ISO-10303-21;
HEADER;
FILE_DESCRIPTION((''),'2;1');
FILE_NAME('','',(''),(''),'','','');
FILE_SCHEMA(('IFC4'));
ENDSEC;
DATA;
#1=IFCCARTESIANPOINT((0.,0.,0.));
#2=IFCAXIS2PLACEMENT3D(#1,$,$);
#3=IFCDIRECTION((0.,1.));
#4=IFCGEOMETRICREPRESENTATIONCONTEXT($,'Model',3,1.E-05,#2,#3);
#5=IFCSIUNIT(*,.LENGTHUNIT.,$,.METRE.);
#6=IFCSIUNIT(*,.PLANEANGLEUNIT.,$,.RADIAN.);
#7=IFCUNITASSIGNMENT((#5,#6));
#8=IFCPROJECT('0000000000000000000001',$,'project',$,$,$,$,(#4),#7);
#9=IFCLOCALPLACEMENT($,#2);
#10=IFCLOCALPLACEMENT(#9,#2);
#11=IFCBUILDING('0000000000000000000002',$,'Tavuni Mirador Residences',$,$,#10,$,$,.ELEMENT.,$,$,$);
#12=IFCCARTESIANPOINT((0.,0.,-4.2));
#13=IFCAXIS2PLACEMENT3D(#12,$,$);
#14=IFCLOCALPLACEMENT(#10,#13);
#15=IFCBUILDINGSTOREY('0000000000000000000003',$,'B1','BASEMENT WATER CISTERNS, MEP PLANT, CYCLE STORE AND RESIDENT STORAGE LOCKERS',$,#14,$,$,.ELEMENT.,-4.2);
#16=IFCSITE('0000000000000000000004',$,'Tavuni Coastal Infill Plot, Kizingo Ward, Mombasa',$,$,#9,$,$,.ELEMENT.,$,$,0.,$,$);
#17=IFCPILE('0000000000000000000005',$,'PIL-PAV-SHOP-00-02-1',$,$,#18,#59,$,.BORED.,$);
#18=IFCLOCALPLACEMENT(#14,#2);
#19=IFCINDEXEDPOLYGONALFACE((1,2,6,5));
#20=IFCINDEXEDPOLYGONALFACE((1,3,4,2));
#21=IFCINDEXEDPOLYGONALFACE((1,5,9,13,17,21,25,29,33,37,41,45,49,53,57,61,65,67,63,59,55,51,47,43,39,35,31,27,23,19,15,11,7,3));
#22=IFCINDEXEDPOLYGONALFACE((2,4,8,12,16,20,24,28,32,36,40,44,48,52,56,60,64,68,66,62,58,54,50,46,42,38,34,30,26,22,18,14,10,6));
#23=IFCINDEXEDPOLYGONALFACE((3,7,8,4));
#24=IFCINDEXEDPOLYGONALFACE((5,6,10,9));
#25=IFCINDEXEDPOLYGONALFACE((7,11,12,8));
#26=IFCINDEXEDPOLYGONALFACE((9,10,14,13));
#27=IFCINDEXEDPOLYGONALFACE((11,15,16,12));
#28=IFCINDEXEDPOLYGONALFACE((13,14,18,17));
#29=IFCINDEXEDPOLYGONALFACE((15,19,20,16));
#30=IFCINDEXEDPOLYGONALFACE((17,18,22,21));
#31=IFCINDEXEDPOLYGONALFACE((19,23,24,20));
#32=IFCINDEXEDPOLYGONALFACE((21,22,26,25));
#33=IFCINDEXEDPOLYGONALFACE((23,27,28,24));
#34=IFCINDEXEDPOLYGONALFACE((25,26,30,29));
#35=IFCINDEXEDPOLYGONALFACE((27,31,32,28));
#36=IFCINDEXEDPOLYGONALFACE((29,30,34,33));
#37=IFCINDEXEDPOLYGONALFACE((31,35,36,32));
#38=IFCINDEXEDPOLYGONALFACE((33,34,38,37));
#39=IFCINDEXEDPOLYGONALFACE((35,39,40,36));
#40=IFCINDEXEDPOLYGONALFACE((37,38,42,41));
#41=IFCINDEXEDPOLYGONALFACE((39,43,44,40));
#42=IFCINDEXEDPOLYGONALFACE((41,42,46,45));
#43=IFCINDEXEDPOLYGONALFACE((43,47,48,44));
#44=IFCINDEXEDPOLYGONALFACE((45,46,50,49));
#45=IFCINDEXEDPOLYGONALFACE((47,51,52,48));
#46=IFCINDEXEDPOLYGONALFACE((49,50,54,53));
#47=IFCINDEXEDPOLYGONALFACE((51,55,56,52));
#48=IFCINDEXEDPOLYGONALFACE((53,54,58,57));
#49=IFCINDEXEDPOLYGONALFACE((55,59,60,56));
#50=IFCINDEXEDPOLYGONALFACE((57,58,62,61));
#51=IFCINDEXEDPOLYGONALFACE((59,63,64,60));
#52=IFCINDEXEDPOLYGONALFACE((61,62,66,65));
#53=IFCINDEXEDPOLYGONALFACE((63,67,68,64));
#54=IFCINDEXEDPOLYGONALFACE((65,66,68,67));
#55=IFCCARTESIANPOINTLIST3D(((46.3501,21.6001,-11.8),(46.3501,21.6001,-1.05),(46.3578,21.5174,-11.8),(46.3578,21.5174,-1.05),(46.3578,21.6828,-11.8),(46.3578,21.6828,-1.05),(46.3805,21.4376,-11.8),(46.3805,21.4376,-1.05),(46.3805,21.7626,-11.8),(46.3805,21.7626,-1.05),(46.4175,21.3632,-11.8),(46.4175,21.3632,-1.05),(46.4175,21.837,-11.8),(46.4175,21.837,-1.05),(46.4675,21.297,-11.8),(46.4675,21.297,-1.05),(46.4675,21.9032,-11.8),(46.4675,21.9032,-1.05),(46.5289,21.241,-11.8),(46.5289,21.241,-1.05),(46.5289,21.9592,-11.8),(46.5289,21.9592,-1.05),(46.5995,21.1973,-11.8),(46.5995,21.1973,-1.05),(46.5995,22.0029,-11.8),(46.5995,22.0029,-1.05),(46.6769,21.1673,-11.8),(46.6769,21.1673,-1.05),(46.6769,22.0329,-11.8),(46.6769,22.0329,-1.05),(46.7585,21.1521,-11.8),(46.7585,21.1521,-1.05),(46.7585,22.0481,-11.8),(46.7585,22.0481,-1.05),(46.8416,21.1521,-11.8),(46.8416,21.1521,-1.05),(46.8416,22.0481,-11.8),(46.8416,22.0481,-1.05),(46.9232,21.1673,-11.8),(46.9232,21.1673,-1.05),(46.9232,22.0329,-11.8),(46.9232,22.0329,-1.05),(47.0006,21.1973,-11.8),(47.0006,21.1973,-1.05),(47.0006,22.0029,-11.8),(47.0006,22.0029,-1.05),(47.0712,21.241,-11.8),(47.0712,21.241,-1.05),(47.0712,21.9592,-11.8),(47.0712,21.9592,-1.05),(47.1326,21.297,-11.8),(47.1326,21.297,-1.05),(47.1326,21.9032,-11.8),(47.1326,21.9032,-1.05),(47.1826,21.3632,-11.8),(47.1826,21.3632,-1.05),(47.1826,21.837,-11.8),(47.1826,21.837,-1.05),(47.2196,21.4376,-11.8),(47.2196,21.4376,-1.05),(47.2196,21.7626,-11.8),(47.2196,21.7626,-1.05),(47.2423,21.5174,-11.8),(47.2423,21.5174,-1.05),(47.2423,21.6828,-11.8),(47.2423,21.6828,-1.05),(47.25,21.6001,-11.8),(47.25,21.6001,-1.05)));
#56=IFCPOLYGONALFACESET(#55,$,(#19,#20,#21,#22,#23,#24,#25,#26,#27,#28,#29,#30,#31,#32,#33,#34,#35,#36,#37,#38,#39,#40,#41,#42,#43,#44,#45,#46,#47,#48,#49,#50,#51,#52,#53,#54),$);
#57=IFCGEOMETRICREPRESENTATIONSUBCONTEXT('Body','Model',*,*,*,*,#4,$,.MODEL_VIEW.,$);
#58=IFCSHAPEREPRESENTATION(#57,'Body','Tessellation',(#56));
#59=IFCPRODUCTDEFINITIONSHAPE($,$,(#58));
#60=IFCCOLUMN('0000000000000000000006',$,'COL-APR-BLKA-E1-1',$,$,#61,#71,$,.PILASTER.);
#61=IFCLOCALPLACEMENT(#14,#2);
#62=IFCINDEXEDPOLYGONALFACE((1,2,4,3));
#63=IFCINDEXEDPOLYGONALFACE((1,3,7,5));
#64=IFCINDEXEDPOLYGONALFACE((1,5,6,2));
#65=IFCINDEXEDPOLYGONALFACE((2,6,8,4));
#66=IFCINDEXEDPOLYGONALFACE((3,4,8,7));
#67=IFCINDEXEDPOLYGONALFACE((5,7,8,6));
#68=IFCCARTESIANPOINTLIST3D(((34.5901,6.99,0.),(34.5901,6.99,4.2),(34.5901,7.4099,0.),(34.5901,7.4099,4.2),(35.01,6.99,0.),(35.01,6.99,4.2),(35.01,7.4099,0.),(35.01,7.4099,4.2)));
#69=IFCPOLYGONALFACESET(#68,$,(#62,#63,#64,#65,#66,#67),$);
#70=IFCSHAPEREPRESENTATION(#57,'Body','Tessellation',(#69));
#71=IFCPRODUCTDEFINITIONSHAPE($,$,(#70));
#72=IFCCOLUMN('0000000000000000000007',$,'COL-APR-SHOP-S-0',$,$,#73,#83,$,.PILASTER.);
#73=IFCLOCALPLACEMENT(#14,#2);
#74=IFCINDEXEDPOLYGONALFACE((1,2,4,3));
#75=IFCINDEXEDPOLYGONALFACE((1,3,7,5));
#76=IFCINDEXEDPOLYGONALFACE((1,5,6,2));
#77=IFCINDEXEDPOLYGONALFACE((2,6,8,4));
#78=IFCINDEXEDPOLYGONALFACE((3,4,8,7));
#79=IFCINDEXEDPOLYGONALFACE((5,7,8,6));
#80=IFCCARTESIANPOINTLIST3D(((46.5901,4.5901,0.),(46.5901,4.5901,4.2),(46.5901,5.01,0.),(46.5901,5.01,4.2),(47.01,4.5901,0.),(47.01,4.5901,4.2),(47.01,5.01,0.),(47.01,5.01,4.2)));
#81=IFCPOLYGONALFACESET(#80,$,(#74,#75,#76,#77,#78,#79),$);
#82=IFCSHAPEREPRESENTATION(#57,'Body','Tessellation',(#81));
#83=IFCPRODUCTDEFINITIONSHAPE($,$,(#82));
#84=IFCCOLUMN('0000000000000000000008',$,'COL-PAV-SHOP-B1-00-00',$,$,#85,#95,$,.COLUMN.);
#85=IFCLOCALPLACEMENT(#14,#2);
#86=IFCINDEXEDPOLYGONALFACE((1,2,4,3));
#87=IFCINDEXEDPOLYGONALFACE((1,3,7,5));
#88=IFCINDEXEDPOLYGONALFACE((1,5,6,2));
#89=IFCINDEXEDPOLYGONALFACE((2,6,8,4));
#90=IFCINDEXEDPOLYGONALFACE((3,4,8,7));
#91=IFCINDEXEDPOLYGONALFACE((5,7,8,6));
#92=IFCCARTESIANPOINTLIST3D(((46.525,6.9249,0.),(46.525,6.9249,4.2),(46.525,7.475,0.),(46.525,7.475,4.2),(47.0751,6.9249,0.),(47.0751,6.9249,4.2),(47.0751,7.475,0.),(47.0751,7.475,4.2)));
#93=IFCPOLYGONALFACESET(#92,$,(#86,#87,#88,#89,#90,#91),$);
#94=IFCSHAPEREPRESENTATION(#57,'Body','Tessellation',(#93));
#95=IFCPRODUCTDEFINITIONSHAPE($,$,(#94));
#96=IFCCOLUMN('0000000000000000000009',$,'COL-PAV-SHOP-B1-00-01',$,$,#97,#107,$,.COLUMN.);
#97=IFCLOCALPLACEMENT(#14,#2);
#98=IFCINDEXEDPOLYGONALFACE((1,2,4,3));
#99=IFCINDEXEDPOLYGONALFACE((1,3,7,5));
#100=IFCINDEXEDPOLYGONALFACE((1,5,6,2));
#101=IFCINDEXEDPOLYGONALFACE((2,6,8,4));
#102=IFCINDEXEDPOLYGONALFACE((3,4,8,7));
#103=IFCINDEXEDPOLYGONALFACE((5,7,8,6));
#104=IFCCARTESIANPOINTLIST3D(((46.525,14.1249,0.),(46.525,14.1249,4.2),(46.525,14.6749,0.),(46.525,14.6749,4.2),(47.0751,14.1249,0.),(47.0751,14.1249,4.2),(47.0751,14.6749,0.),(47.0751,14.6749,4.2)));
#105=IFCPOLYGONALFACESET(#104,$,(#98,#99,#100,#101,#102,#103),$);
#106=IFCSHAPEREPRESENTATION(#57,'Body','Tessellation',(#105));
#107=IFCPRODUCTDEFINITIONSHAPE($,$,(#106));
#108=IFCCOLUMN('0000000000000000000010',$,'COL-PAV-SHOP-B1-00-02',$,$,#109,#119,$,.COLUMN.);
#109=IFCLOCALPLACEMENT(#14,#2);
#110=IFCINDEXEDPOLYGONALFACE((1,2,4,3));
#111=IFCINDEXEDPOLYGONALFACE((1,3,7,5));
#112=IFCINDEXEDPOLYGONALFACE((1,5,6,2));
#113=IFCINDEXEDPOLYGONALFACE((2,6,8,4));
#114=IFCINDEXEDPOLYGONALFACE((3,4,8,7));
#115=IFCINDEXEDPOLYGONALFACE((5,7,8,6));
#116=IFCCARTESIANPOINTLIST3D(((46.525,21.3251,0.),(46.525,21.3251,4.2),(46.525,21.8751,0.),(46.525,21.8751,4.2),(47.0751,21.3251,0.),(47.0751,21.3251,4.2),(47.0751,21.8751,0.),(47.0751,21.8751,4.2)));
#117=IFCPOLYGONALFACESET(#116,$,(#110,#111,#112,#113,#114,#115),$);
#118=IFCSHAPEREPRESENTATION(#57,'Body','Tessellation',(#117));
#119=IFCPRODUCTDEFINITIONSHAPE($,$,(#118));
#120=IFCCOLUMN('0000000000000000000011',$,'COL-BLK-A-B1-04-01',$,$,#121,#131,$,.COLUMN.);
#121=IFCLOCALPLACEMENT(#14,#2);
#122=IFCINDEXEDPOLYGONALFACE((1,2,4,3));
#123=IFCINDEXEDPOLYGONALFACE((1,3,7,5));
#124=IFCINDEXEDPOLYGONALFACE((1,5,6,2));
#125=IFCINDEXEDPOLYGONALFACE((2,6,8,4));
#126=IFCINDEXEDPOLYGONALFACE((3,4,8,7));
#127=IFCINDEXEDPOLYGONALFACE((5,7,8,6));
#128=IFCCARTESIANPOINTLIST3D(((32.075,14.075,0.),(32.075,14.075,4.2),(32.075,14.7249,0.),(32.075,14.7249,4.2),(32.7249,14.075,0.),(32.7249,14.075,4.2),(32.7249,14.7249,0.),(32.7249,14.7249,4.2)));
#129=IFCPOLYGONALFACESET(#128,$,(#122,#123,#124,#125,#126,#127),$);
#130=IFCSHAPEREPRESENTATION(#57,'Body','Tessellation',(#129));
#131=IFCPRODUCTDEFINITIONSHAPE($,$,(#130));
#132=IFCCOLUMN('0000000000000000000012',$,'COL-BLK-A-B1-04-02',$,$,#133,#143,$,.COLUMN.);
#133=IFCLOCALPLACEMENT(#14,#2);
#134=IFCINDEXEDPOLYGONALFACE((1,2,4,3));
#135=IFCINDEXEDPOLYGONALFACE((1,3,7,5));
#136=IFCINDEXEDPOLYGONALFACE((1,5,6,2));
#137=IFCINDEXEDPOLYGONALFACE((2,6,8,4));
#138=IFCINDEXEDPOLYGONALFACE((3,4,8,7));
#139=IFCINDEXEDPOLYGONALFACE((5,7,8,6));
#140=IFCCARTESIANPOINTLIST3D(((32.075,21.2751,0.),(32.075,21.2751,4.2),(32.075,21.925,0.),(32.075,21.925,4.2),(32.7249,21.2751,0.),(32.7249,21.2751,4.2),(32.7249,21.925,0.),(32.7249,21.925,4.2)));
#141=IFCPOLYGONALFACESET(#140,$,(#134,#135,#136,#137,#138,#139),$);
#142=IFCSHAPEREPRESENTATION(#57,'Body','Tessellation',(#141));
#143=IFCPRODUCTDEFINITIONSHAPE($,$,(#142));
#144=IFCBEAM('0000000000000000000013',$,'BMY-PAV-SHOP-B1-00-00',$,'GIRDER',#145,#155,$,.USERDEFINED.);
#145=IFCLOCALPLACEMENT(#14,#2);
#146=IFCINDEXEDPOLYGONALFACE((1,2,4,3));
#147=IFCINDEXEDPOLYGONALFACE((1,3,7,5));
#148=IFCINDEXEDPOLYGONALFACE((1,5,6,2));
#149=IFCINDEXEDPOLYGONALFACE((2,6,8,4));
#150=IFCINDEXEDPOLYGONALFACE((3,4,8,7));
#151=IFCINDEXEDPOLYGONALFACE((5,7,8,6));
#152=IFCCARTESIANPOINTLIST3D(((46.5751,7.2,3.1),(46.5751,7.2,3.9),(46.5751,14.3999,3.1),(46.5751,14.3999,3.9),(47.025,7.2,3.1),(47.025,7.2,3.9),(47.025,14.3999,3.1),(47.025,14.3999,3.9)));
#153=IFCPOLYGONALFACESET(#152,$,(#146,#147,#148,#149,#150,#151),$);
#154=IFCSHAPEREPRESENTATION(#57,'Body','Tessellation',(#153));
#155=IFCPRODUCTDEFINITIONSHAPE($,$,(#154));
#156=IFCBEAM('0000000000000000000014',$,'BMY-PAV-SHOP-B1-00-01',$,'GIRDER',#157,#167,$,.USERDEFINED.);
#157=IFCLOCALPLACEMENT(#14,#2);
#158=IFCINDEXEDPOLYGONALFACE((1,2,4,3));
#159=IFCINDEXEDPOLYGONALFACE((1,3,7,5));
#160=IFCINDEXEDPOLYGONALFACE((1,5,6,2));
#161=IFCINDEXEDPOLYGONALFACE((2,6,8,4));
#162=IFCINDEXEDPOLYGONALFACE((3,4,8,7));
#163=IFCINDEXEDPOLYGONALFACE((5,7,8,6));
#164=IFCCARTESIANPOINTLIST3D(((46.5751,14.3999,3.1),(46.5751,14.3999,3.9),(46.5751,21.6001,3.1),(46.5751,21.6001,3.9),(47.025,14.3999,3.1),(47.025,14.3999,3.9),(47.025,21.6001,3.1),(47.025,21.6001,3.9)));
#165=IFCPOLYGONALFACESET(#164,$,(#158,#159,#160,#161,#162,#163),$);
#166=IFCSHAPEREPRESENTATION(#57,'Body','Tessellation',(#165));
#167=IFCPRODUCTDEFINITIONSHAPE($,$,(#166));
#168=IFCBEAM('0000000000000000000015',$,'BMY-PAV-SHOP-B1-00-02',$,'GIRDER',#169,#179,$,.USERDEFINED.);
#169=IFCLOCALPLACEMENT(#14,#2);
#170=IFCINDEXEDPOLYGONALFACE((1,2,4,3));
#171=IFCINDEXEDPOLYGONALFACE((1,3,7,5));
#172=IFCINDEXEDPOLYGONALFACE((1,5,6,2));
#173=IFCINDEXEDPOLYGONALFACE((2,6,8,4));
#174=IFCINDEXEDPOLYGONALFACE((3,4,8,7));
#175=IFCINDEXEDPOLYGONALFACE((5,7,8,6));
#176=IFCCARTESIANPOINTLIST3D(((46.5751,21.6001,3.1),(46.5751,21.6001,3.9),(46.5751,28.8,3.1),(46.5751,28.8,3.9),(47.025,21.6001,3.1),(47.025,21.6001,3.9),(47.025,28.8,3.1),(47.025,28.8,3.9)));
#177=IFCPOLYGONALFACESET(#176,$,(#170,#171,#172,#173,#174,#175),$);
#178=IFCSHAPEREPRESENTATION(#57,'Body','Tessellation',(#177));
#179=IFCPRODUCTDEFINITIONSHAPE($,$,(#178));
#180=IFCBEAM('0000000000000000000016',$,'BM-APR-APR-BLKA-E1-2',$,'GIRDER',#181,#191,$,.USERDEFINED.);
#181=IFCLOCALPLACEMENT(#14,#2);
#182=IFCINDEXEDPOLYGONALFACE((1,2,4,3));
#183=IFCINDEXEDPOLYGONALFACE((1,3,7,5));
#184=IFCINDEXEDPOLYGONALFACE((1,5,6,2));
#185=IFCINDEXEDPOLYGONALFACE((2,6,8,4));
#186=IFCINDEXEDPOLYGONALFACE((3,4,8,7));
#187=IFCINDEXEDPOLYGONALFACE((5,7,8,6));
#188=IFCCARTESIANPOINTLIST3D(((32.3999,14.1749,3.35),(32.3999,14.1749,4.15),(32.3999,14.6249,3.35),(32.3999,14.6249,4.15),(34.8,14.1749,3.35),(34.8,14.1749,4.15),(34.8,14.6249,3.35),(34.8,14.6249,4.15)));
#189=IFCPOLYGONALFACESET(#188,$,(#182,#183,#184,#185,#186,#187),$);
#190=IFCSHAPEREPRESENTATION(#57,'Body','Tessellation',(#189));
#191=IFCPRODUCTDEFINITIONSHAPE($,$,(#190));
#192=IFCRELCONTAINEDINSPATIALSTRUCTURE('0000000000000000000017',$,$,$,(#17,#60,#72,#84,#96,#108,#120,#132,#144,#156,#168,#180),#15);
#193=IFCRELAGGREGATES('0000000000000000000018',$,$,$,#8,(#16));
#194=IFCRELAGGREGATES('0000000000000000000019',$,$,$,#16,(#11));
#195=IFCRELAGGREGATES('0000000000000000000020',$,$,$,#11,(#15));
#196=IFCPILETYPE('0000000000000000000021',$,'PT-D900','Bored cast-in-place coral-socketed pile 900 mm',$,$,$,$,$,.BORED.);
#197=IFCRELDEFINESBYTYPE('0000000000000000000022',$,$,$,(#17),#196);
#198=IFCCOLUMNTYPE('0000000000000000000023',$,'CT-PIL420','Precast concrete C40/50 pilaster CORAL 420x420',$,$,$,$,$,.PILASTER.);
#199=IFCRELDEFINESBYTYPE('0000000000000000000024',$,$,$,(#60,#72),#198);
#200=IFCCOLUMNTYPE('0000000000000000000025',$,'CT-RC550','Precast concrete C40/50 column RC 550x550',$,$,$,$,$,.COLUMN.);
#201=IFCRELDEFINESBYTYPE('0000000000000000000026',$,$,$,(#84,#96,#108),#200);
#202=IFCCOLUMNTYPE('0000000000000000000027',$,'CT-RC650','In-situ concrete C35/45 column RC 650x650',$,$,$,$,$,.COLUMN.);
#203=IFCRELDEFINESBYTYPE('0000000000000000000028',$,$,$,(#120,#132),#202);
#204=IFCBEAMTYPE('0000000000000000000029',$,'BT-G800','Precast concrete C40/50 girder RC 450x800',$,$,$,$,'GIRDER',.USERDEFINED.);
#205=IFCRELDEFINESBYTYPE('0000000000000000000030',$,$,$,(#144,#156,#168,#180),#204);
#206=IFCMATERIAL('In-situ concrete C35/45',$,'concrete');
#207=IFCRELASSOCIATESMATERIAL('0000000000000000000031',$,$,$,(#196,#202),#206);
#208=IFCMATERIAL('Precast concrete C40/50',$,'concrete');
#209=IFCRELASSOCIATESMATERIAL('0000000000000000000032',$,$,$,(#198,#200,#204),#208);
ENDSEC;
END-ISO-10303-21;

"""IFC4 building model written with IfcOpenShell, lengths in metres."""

from ifc_helpers import new_model, si_unit, direction, frame, origin, origin_2d, place, context, subcontext, project, spatial, rectangle, circle, extrude, material, material_profile, profile_set, type_object, element, save


model = new_model("IFC4")

# Units and contexts
model_context = context("Model", 3, precision=1e-05, world=origin(), true_north=direction((0.0, 1.0)))
body_context = subcontext(model_context, "Body", "Model", "MODEL_VIEW")
ifc_project = project(units=[si_unit("LENGTHUNIT", "METRE"), si_unit("PLANEANGLEUNIT", "RADIAN")], contexts=[model_context])

# Site, building, storey
site_placement = place(None, origin())
site = spatial("IfcSite", under=ifc_project, at=site_placement, Name="Tavuni Coastal Infill Plot, Kizingo Ward, Mombasa", CompositionType="ELEMENT", RefElevation=0.0)
building_placement = place(site_placement, origin())
building = spatial("IfcBuilding", under=site, at=building_placement, Name="Tavuni Mirador Residences", CompositionType="ELEMENT")
storey_placement = place(building_placement, frame((0.0, 0.0, -4.2)))
storey = spatial("IfcBuildingStorey", under=building, at=storey_placement, Name="B1", Description="BASEMENT WATER CISTERNS, MEP PLANT, CYCLE STORE AND RESIDENT STORAGE LOCKERS", CompositionType="ELEMENT", Elevation=-4.2)

# Shared definitions
ifc_material_1 = material(Name="In-situ concrete C35/45", Category="concrete")

# Pile
ifc_material_profile_1 = material_profile(ifc_material_1, circle(Radius=0.45, at=origin_2d()), Name="PILE D900", Category="concrete")
ifc_profile_set_1 = profile_set([ifc_material_profile_1], Name="In-situ concrete C35/45")
pile_type_1 = type_object("IfcPileType", Name="PT-D900", Description="Bored cast-in-place coral-socketed pile 900 mm", PredefinedType="BORED", material=ifc_profile_set_1)
pile_1_placement = place(storey_placement, frame((46.8, 21.6001, -1.05), z_axis=(0.0, 0.0, -1.0), x_axis=(1.0, 0.0, 0.0)))
element("IfcPile", 1, at=pile_1_placement, inside=storey, type_object=pile_type_1, Name="PIL-PAV-SHOP-00-02-1", PredefinedType="BORED", context=body_context, shape_type="SweptSolid", body=[
    extrude(circle(Radius=0.45, at=origin_2d()), origin(), (0.0, 0.0, 1.0), 10.75),
])

# Columns
ifc_material_2 = material(Name="Precast concrete C40/50", Category="concrete")
ifc_material_profile_2 = material_profile(ifc_material_2, rectangle(XDim=0.4199, YDim=0.4199, at=origin_2d()), Name="CORAL 420x420", Category="concrete")
ifc_profile_set_2 = profile_set([ifc_material_profile_2], Name="Precast concrete C40/50")
column_type_1 = type_object("IfcColumnType", Name="CT-PIL420", Description="Precast concrete C40/50 pilaster CORAL 420x420", PredefinedType="PILASTER", material=ifc_profile_set_2)
for number, where, z_axis, x_axis, name in (
    (2, (34.8, 7.2, 0.0), (0.0, 0.0, 1.0), (1.0, 0.0, 0.0), "COL-APR-BLKA-E1-1"),
    (3, (46.8, 4.8, 0.0), (0.0, 0.0, 1.0), (1.0, 0.0, 0.0), "COL-APR-SHOP-S-0"),
):
    element("IfcColumn", number, at=place(storey_placement, frame(where, z_axis=z_axis, x_axis=x_axis)), inside=storey, type_object=column_type_1, Name=name, PredefinedType="PILASTER", context=body_context, shape_type="SweptSolid", body=[
        extrude(rectangle(XDim=0.4199, YDim=0.4199, at=origin_2d()), origin(), (0.0, 0.0, 1.0), 4.2),
    ])
ifc_material_profile_3 = material_profile(ifc_material_2, rectangle(XDim=0.55, YDim=0.55, at=origin_2d()), Name="RC 550x550", Category="concrete")
ifc_profile_set_3 = profile_set([ifc_material_profile_3], Name="Precast concrete C40/50")
column_type_2 = type_object("IfcColumnType", Name="CT-RC550", Description="Precast concrete C40/50 column RC 550x550", PredefinedType="COLUMN", material=ifc_profile_set_3)
for number, where, z_axis, x_axis, name in (
    (4, (46.8, 7.2, 0.0), (0.0, 0.0, 1.0), (1.0, 0.0, 0.0), "COL-PAV-SHOP-B1-00-00"),
    (5, (46.8, 14.3999, 0.0), (0.0, 0.0, 1.0), (1.0, 0.0, 0.0), "COL-PAV-SHOP-B1-00-01"),
    (6, (46.8, 21.6001, 0.0), (0.0, 0.0, 1.0), (1.0, 0.0, 0.0), "COL-PAV-SHOP-B1-00-02"),
):
    element("IfcColumn", number, at=place(storey_placement, frame(where, z_axis=z_axis, x_axis=x_axis)), inside=storey, type_object=column_type_2, Name=name, PredefinedType="COLUMN", context=body_context, shape_type="SweptSolid", body=[
        extrude(rectangle(XDim=0.55, YDim=0.55, at=origin_2d()), origin(), (0.0, 0.0, 1.0), 4.2),
    ])
ifc_material_profile_4 = material_profile(ifc_material_1, rectangle(XDim=0.6499, YDim=0.6499, at=origin_2d()), Name="RC 650x650", Category="concrete")
ifc_profile_set_4 = profile_set([ifc_material_profile_4], Name="In-situ concrete C35/45")
column_type_3 = type_object("IfcColumnType", Name="CT-RC650", Description="In-situ concrete C35/45 column RC 650x650", PredefinedType="COLUMN", material=ifc_profile_set_4)
for number, where, z_axis, x_axis, name in (
    (7, (32.3999, 14.3999, 0.0), (0.0, 0.0, 1.0), (1.0, 0.0, 0.0), "COL-BLK-A-B1-04-01"),
    (8, (32.3999, 21.6001, 0.0), (0.0, 0.0, 1.0), (1.0, 0.0, 0.0), "COL-BLK-A-B1-04-02"),
):
    element("IfcColumn", number, at=place(storey_placement, frame(where, z_axis=z_axis, x_axis=x_axis)), inside=storey, type_object=column_type_3, Name=name, PredefinedType="COLUMN", context=body_context, shape_type="SweptSolid", body=[
        extrude(rectangle(XDim=0.6499, YDim=0.6499, at=origin_2d()), origin(), (0.0, 0.0, 1.0), 4.2),
    ])

# Beams
ifc_material_profile_5 = material_profile(ifc_material_2, rectangle(XDim=0.45, YDim=0.8, at=origin_2d()), Name="RC 450x800", Category="concrete")
ifc_profile_set_5 = profile_set([ifc_material_profile_5], Name="Precast concrete C40/50")
beam_type_1 = type_object("IfcBeamType", Name="BT-G800", Description="Precast concrete C40/50 girder RC 450x800", ElementType="GIRDER", PredefinedType="USERDEFINED", material=ifc_profile_set_5)
beam_1_placement = place(storey_placement, frame((46.8, 7.2, 3.5), z_axis=(0.0, 1.0, 0.0), x_axis=(-1.0, 0.0, 0.0)))
element("IfcBeam", 9, at=beam_1_placement, inside=storey, type_object=beam_type_1, Name="BMY-PAV-SHOP-B1-00-00", ObjectType="GIRDER", PredefinedType="USERDEFINED", context=body_context, shape_type="SweptSolid", body=[
    extrude(rectangle(XDim=0.45, YDim=0.8, at=origin_2d()), origin(), (0.0, 0.0, 1.0), 7.2),
])
beam_2_placement = place(storey_placement, frame((46.8, 14.3999, 3.5), z_axis=(0.0, 1.0, 0.0), x_axis=(-1.0, 0.0, 0.0)))
element("IfcBeam", 10, at=beam_2_placement, inside=storey, type_object=beam_type_1, Name="BMY-PAV-SHOP-B1-00-01", ObjectType="GIRDER", PredefinedType="USERDEFINED", context=body_context, shape_type="SweptSolid", body=[
    extrude(rectangle(XDim=0.45, YDim=0.8, at=origin_2d()), origin(), (0.0, 0.0, 1.0), 7.2002),
])
beam_3_placement = place(storey_placement, frame((46.8, 21.6001, 3.5), z_axis=(0.0, 1.0, 0.0), x_axis=(-1.0, 0.0, 0.0)))
element("IfcBeam", 11, at=beam_3_placement, inside=storey, type_object=beam_type_1, Name="BMY-PAV-SHOP-B1-00-02", ObjectType="GIRDER", PredefinedType="USERDEFINED", context=body_context, shape_type="SweptSolid", body=[
    extrude(rectangle(XDim=0.45, YDim=0.8, at=origin_2d()), origin(), (0.0, 0.0, 1.0), 7.2),
])
beam_4_placement = place(storey_placement, frame((32.3999, 14.3999, 3.75), z_axis=(1.0, 0.0, 0.0), x_axis=(0.0, 1.0, 0.0)))
element("IfcBeam", 12, at=beam_4_placement, inside=storey, type_object=beam_type_1, Name="BM-APR-APR-BLKA-E1-2", ObjectType="GIRDER", PredefinedType="USERDEFINED", context=body_context, shape_type="SweptSolid", body=[
    extrude(rectangle(XDim=0.45, YDim=0.8, at=origin_2d()), origin(), (0.0, 0.0, 1.0), 2.4001),
])

save(model, "model.ifc")
